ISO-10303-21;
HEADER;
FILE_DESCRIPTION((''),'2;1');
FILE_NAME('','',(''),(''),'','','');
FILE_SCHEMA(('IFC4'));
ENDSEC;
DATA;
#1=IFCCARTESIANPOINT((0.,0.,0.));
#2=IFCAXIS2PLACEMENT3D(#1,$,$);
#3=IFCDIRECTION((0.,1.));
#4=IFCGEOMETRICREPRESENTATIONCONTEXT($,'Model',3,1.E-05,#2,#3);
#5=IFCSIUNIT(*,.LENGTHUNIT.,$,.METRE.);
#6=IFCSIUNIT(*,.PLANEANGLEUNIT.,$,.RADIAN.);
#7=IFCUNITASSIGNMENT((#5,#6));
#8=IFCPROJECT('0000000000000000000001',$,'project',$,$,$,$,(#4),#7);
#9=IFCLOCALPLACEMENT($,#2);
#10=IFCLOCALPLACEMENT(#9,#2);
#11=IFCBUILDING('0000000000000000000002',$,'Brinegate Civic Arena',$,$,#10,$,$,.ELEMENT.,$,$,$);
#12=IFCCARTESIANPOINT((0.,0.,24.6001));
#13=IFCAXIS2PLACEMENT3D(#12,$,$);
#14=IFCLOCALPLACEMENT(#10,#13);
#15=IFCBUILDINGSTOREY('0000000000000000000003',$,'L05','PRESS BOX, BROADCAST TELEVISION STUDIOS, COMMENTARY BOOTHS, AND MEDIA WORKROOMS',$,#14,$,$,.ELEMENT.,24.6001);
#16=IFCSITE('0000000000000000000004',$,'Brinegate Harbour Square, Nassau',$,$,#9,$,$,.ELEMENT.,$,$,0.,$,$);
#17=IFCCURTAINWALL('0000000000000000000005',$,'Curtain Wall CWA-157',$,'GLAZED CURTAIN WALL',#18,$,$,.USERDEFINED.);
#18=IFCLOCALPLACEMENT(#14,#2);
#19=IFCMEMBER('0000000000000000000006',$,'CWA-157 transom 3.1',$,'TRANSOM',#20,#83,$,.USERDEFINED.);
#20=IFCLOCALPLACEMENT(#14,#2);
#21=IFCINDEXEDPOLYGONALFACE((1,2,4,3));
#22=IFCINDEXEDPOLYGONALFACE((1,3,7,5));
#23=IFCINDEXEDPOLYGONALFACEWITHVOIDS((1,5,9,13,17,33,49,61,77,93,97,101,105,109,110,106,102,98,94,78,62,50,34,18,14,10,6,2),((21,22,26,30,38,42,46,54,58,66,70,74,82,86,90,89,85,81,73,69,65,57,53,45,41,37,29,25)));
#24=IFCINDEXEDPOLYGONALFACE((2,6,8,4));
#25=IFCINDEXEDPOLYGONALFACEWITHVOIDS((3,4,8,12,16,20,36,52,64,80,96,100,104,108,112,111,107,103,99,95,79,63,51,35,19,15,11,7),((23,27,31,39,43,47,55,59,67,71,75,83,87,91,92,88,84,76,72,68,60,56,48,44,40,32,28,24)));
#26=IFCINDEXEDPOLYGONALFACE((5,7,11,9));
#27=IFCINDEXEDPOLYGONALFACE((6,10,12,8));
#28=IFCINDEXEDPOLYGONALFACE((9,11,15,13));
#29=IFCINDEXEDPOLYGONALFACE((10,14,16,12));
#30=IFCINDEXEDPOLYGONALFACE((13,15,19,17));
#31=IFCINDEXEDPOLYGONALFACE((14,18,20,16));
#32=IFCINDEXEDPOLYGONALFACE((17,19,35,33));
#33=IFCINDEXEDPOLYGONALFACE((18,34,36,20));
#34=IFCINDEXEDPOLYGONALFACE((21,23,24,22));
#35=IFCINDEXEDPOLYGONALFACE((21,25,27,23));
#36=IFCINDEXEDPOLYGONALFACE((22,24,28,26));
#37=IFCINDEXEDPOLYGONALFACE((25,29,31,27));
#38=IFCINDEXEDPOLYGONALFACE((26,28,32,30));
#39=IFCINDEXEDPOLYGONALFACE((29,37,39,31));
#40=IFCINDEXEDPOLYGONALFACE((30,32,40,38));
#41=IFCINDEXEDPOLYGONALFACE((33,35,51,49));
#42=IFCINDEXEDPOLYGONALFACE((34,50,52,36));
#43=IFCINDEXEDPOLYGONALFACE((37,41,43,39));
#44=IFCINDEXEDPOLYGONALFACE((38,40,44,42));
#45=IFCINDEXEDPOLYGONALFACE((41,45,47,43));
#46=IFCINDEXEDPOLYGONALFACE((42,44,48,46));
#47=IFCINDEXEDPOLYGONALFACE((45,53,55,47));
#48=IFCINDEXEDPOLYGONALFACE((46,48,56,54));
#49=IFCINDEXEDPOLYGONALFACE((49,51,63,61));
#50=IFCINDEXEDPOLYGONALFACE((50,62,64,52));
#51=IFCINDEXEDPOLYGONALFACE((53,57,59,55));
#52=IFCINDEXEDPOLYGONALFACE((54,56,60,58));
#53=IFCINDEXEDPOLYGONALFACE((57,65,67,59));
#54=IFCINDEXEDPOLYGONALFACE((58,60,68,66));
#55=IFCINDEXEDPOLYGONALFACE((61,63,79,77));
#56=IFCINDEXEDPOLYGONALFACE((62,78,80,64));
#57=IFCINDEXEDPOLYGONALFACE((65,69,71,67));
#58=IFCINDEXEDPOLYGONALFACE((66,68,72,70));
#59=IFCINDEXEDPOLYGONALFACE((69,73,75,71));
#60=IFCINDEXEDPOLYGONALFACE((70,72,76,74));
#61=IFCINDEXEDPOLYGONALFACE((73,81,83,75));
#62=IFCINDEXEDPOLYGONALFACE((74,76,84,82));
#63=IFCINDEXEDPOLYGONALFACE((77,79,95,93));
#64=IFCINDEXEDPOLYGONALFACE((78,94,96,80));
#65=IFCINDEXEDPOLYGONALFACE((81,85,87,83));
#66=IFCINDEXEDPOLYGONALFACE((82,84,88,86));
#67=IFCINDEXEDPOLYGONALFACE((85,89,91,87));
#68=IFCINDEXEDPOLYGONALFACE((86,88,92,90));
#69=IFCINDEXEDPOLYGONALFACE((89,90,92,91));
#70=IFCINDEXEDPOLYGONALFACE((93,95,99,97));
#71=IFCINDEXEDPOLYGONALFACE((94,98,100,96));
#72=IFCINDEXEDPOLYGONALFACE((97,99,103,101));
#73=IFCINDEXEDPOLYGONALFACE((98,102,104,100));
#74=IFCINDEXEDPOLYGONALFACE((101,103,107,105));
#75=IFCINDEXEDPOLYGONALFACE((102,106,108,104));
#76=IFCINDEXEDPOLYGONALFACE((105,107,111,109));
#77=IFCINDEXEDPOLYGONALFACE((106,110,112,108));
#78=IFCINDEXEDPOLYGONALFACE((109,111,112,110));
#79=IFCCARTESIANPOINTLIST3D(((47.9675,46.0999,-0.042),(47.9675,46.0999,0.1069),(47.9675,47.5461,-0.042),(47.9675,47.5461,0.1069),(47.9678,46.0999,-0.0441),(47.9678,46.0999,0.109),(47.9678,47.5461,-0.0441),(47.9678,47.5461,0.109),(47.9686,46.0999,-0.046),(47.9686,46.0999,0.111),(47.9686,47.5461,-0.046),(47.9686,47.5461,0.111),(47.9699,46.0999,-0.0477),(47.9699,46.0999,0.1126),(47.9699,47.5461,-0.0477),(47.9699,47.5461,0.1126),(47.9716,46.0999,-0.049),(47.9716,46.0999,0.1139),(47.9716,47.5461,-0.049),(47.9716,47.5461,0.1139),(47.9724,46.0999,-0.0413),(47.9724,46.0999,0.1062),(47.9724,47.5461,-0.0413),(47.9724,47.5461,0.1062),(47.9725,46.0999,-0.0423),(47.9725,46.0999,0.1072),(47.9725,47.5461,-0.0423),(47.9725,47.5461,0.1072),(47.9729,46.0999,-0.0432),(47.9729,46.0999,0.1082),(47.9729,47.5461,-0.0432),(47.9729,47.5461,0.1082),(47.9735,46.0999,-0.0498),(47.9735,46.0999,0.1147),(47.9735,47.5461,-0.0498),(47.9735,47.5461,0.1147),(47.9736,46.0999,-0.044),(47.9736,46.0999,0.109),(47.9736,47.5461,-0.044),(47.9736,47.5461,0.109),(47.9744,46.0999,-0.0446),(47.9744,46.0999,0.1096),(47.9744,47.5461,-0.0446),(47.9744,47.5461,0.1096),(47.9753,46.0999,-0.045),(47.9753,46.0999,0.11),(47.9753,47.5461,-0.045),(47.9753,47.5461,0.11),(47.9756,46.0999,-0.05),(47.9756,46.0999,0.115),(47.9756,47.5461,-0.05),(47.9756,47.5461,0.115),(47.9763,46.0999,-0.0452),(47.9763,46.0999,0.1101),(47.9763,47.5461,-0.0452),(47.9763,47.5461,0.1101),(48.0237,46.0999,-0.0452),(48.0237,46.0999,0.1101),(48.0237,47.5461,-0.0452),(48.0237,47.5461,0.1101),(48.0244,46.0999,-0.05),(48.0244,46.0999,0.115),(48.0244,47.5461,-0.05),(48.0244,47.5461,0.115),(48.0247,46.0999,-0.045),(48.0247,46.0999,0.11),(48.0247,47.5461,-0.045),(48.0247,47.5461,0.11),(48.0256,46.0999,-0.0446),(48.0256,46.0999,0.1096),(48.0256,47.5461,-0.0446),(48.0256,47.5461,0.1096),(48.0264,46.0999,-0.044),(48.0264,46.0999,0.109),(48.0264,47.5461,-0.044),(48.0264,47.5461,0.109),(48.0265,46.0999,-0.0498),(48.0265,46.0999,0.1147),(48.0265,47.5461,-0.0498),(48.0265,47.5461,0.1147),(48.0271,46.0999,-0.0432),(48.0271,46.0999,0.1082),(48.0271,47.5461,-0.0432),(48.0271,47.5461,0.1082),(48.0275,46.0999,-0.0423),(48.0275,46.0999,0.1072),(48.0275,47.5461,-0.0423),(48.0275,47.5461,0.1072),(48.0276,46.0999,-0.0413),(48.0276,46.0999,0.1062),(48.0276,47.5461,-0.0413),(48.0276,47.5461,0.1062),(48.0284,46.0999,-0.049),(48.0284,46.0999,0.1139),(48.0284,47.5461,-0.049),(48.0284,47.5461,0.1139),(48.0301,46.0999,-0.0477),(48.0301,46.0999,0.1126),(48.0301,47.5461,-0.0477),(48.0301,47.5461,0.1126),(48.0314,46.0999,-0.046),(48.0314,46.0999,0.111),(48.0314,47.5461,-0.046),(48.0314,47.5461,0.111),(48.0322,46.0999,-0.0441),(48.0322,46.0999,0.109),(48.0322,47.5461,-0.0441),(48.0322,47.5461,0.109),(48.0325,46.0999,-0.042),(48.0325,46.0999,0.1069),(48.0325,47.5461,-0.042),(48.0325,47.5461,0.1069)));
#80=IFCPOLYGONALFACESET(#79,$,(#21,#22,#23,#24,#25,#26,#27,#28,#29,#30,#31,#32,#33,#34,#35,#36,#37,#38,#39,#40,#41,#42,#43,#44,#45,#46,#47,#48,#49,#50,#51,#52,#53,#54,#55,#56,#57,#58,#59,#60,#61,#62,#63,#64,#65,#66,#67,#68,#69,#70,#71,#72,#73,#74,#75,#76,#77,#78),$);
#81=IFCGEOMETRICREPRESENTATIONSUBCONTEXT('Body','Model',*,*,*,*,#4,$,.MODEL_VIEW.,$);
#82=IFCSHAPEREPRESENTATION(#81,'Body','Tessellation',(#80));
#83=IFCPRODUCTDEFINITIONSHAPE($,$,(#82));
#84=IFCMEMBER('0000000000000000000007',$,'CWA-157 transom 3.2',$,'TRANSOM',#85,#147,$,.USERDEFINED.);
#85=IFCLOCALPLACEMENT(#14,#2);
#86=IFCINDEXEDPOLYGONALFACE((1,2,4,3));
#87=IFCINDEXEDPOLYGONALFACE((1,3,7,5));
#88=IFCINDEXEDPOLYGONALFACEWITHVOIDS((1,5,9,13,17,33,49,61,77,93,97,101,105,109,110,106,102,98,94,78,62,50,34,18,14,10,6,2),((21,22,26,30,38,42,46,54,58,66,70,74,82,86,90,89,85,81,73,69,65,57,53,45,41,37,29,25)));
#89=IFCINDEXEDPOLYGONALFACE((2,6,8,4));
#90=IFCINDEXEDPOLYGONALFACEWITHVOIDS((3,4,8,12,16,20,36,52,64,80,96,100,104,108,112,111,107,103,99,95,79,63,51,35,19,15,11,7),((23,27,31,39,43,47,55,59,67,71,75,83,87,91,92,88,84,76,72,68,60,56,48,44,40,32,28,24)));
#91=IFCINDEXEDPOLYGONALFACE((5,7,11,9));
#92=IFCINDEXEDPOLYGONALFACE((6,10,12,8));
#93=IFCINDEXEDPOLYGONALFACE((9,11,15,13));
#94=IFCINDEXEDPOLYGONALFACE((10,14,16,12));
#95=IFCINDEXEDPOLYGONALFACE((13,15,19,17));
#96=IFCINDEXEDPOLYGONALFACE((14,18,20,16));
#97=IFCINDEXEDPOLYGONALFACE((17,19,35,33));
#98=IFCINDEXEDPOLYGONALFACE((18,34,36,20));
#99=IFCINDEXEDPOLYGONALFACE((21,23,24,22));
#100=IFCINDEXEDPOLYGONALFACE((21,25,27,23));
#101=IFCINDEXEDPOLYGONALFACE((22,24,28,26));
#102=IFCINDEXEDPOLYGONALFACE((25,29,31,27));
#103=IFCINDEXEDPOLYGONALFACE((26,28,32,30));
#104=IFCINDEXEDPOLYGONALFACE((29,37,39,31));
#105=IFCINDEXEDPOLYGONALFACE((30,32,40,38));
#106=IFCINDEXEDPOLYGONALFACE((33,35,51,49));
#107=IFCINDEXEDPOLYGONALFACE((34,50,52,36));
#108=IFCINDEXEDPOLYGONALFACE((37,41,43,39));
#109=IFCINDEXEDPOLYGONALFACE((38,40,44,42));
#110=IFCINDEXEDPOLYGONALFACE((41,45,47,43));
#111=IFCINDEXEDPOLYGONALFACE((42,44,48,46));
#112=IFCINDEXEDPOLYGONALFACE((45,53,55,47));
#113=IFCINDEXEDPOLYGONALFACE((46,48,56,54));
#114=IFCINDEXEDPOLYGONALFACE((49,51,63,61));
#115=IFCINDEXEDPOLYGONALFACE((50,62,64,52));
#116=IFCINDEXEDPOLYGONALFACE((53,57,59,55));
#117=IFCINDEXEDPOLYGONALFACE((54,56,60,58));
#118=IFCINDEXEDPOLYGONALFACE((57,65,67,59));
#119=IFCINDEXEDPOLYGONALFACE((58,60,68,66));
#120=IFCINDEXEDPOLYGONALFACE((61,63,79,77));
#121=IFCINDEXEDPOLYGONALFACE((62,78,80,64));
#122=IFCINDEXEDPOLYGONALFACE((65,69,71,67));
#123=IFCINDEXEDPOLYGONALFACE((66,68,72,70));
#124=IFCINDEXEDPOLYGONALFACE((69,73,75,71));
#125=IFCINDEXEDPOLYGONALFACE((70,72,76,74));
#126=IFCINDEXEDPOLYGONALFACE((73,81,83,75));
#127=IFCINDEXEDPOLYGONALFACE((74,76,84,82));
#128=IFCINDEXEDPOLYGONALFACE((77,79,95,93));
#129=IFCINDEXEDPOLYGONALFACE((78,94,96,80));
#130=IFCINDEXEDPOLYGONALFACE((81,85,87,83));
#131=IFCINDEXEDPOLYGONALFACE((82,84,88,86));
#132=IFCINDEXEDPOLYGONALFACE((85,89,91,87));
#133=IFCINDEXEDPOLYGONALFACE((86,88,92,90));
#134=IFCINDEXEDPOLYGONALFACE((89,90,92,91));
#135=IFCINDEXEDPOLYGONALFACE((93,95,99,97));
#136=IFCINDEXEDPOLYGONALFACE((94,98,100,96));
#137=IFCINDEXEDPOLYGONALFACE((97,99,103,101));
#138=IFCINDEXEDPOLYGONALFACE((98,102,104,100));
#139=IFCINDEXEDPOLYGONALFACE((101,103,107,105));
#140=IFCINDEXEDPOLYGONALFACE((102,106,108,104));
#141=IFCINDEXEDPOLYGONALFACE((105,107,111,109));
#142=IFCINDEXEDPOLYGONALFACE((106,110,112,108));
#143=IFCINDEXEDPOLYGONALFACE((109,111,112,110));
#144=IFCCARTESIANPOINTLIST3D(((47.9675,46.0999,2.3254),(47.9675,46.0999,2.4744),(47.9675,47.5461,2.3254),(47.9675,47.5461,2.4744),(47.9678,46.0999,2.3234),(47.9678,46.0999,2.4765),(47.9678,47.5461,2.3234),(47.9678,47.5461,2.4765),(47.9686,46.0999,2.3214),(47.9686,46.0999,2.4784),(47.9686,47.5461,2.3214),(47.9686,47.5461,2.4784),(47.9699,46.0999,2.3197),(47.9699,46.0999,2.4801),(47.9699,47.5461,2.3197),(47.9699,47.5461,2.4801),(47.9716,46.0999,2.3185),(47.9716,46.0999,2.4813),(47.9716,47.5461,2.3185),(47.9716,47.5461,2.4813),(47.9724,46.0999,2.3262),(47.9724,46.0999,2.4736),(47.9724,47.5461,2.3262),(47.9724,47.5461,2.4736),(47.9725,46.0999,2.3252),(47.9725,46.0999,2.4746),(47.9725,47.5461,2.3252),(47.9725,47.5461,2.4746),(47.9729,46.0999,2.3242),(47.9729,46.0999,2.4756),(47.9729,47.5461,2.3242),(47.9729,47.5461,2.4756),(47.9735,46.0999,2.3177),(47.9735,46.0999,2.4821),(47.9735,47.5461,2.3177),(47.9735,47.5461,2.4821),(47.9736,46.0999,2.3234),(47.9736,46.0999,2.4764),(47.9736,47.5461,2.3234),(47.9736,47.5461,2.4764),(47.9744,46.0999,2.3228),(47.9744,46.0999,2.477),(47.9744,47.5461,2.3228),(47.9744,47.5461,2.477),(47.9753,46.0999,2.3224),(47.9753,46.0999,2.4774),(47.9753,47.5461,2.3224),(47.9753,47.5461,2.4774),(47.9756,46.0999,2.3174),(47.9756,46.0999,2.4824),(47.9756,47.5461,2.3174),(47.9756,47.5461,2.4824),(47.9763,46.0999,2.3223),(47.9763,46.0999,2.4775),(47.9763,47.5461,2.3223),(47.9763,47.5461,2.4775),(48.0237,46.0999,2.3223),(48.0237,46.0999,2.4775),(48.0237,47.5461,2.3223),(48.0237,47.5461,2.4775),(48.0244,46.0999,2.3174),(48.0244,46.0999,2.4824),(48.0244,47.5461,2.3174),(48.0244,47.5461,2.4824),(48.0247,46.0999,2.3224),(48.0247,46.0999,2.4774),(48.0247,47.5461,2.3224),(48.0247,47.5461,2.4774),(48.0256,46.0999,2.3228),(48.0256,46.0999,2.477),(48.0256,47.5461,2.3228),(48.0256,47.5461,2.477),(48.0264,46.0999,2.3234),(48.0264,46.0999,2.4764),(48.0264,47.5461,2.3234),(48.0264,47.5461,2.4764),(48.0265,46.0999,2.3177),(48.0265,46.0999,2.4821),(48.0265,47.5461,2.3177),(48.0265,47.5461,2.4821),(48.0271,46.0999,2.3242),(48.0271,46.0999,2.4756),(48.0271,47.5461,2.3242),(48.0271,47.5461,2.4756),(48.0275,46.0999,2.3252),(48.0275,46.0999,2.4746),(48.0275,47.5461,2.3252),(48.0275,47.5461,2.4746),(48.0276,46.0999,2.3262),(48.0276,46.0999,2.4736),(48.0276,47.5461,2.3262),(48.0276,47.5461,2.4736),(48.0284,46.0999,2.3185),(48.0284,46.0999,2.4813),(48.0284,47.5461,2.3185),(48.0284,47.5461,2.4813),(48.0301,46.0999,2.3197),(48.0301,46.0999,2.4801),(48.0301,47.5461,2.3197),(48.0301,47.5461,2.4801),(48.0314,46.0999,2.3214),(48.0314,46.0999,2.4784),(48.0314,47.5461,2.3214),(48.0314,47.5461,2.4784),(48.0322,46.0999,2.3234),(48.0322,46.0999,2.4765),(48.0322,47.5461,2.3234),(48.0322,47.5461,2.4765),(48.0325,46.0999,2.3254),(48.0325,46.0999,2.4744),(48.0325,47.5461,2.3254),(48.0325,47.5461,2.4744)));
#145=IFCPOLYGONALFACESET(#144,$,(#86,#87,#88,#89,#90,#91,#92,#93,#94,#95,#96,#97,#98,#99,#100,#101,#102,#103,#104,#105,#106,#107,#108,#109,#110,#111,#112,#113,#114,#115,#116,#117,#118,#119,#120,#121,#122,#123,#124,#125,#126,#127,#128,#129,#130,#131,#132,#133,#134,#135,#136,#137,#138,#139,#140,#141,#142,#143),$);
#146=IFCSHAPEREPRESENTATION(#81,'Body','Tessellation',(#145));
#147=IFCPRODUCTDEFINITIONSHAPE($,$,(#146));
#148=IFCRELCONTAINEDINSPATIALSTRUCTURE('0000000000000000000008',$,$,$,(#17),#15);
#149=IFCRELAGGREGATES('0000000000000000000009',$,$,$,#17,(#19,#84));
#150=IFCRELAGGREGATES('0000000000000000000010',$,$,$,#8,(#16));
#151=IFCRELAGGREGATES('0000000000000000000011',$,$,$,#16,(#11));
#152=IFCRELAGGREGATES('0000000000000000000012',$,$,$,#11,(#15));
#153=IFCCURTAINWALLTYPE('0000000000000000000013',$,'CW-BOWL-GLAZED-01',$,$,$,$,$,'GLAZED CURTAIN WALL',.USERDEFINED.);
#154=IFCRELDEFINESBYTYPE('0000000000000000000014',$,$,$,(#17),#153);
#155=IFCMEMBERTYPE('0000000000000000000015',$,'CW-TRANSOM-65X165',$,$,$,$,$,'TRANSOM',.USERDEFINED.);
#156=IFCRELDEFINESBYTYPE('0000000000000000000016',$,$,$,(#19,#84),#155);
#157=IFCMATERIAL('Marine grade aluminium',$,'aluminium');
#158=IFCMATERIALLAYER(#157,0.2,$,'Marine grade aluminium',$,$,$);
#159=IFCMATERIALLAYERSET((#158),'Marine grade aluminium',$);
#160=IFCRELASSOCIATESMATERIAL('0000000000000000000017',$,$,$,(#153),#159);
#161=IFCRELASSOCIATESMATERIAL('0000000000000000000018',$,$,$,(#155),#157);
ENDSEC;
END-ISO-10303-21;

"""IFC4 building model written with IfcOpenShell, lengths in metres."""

from ifc_helpers import new_model, si_unit, direction, frame, origin, origin_2d, place, context, subcontext, project, spatial, hollow_rectangle, extrude, material, layer, layer_set, material_profile, profile_set, type_object, element, aggregate, save


model = new_model("IFC4")

# Units and contexts
model_context = context("Model", 3, precision=1e-05, world=origin(), true_north=direction((0.0, 1.0)))
body_context = subcontext(model_context, "Body", "Model", "MODEL_VIEW")
ifc_project = project(units=[si_unit("LENGTHUNIT", "METRE"), si_unit("PLANEANGLEUNIT", "RADIAN")], contexts=[model_context])

# Site, building, storey
site_placement = place(None, origin())
site = spatial("IfcSite", under=ifc_project, at=site_placement, Name="Brinegate Harbour Square, Nassau", CompositionType="ELEMENT", RefElevation=0.0)
building_placement = place(site_placement, origin())
building = spatial("IfcBuilding", under=site, at=building_placement, Name="Brinegate Civic Arena", CompositionType="ELEMENT")
storey_placement = place(building_placement, frame((0.0, 0.0, 24.6001)))
storey = spatial("IfcBuildingStorey", under=building, at=storey_placement, Name="L05", Description="PRESS BOX, BROADCAST TELEVISION STUDIOS, COMMENTARY BOOTHS, AND MEDIA WORKROOMS", CompositionType="ELEMENT", Elevation=24.6001)

# Curtain wall, members
ifc_material_1 = material(Name="Marine grade aluminium", Category="aluminium")
ifc_layer_1 = layer(ifc_material_1, 0.2, Name="Marine grade aluminium")
ifc_layer_set_1 = layer_set([ifc_layer_1], Name="Marine grade aluminium")
curtain_wall_type = type_object("IfcCurtainWallType", Name="CW-BOWL-GLAZED-01", ElementType="GLAZED CURTAIN WALL", PredefinedType="USERDEFINED", material=ifc_layer_set_1)
curtain_wall_placement = place(storey_placement, origin())
curtain_wall = element("IfcCurtainWall", 1, at=curtain_wall_placement, inside=storey, type_object=curtain_wall_type, Name="Curtain Wall CWA-157", ObjectType="GLAZED CURTAIN WALL", PredefinedType="USERDEFINED")
ifc_material_profile_1 = material_profile(ifc_material_1, hollow_rectangle(XDim=0.0649, YDim=0.165, WallThickness=0.0049, InnerFilletRadius=0.0039, OuterFilletRadius=0.0081, at=origin_2d()), Name="TRN65X165")
ifc_profile_set_1 = profile_set([ifc_material_profile_1], Name="Marine grade aluminium")
member_type_1 = type_object("IfcMemberType", Name="CW-TRANSOM-65X165", ElementType="TRANSOM", PredefinedType="USERDEFINED", material=ifc_profile_set_1)
member_1_placement = place(storey_placement, frame((48.0, 46.0999, 0.0325), z_axis=(0.0, 1.0, 0.0), x_axis=(-1.0, 0.0, 0.0)))
member_1 = element("IfcMember", 2, at=member_1_placement, type_object=member_type_1, Name="CWA-157 transom 3.1", ObjectType="TRANSOM", PredefinedType="USERDEFINED", context=body_context, shape_type="SweptSolid", body=[
    extrude(hollow_rectangle(XDim=0.0649, YDim=0.165, WallThickness=0.0049, InnerFilletRadius=0.0039, OuterFilletRadius=0.0081, at=origin_2d()), origin(), (0.0, 0.0, 1.0), 1.4463),
])
member_2_placement = place(storey_placement, frame((48.0, 46.0999, 2.3999), z_axis=(0.0, 1.0, 0.0), x_axis=(-1.0, 0.0, 0.0)))
member_2 = element("IfcMember", 3, at=member_2_placement, type_object=member_type_1, Name="CWA-157 transom 3.2", ObjectType="TRANSOM", PredefinedType="USERDEFINED", context=body_context, shape_type="SweptSolid", body=[
    extrude(hollow_rectangle(XDim=0.0649, YDim=0.165, WallThickness=0.0049, InnerFilletRadius=0.0039, OuterFilletRadius=0.0081, at=origin_2d()), origin(), (0.0, 0.0, 1.0), 1.4463),
])

aggregate(curtain_wall, [member_1, member_2])

save(model, "model.ifc")
